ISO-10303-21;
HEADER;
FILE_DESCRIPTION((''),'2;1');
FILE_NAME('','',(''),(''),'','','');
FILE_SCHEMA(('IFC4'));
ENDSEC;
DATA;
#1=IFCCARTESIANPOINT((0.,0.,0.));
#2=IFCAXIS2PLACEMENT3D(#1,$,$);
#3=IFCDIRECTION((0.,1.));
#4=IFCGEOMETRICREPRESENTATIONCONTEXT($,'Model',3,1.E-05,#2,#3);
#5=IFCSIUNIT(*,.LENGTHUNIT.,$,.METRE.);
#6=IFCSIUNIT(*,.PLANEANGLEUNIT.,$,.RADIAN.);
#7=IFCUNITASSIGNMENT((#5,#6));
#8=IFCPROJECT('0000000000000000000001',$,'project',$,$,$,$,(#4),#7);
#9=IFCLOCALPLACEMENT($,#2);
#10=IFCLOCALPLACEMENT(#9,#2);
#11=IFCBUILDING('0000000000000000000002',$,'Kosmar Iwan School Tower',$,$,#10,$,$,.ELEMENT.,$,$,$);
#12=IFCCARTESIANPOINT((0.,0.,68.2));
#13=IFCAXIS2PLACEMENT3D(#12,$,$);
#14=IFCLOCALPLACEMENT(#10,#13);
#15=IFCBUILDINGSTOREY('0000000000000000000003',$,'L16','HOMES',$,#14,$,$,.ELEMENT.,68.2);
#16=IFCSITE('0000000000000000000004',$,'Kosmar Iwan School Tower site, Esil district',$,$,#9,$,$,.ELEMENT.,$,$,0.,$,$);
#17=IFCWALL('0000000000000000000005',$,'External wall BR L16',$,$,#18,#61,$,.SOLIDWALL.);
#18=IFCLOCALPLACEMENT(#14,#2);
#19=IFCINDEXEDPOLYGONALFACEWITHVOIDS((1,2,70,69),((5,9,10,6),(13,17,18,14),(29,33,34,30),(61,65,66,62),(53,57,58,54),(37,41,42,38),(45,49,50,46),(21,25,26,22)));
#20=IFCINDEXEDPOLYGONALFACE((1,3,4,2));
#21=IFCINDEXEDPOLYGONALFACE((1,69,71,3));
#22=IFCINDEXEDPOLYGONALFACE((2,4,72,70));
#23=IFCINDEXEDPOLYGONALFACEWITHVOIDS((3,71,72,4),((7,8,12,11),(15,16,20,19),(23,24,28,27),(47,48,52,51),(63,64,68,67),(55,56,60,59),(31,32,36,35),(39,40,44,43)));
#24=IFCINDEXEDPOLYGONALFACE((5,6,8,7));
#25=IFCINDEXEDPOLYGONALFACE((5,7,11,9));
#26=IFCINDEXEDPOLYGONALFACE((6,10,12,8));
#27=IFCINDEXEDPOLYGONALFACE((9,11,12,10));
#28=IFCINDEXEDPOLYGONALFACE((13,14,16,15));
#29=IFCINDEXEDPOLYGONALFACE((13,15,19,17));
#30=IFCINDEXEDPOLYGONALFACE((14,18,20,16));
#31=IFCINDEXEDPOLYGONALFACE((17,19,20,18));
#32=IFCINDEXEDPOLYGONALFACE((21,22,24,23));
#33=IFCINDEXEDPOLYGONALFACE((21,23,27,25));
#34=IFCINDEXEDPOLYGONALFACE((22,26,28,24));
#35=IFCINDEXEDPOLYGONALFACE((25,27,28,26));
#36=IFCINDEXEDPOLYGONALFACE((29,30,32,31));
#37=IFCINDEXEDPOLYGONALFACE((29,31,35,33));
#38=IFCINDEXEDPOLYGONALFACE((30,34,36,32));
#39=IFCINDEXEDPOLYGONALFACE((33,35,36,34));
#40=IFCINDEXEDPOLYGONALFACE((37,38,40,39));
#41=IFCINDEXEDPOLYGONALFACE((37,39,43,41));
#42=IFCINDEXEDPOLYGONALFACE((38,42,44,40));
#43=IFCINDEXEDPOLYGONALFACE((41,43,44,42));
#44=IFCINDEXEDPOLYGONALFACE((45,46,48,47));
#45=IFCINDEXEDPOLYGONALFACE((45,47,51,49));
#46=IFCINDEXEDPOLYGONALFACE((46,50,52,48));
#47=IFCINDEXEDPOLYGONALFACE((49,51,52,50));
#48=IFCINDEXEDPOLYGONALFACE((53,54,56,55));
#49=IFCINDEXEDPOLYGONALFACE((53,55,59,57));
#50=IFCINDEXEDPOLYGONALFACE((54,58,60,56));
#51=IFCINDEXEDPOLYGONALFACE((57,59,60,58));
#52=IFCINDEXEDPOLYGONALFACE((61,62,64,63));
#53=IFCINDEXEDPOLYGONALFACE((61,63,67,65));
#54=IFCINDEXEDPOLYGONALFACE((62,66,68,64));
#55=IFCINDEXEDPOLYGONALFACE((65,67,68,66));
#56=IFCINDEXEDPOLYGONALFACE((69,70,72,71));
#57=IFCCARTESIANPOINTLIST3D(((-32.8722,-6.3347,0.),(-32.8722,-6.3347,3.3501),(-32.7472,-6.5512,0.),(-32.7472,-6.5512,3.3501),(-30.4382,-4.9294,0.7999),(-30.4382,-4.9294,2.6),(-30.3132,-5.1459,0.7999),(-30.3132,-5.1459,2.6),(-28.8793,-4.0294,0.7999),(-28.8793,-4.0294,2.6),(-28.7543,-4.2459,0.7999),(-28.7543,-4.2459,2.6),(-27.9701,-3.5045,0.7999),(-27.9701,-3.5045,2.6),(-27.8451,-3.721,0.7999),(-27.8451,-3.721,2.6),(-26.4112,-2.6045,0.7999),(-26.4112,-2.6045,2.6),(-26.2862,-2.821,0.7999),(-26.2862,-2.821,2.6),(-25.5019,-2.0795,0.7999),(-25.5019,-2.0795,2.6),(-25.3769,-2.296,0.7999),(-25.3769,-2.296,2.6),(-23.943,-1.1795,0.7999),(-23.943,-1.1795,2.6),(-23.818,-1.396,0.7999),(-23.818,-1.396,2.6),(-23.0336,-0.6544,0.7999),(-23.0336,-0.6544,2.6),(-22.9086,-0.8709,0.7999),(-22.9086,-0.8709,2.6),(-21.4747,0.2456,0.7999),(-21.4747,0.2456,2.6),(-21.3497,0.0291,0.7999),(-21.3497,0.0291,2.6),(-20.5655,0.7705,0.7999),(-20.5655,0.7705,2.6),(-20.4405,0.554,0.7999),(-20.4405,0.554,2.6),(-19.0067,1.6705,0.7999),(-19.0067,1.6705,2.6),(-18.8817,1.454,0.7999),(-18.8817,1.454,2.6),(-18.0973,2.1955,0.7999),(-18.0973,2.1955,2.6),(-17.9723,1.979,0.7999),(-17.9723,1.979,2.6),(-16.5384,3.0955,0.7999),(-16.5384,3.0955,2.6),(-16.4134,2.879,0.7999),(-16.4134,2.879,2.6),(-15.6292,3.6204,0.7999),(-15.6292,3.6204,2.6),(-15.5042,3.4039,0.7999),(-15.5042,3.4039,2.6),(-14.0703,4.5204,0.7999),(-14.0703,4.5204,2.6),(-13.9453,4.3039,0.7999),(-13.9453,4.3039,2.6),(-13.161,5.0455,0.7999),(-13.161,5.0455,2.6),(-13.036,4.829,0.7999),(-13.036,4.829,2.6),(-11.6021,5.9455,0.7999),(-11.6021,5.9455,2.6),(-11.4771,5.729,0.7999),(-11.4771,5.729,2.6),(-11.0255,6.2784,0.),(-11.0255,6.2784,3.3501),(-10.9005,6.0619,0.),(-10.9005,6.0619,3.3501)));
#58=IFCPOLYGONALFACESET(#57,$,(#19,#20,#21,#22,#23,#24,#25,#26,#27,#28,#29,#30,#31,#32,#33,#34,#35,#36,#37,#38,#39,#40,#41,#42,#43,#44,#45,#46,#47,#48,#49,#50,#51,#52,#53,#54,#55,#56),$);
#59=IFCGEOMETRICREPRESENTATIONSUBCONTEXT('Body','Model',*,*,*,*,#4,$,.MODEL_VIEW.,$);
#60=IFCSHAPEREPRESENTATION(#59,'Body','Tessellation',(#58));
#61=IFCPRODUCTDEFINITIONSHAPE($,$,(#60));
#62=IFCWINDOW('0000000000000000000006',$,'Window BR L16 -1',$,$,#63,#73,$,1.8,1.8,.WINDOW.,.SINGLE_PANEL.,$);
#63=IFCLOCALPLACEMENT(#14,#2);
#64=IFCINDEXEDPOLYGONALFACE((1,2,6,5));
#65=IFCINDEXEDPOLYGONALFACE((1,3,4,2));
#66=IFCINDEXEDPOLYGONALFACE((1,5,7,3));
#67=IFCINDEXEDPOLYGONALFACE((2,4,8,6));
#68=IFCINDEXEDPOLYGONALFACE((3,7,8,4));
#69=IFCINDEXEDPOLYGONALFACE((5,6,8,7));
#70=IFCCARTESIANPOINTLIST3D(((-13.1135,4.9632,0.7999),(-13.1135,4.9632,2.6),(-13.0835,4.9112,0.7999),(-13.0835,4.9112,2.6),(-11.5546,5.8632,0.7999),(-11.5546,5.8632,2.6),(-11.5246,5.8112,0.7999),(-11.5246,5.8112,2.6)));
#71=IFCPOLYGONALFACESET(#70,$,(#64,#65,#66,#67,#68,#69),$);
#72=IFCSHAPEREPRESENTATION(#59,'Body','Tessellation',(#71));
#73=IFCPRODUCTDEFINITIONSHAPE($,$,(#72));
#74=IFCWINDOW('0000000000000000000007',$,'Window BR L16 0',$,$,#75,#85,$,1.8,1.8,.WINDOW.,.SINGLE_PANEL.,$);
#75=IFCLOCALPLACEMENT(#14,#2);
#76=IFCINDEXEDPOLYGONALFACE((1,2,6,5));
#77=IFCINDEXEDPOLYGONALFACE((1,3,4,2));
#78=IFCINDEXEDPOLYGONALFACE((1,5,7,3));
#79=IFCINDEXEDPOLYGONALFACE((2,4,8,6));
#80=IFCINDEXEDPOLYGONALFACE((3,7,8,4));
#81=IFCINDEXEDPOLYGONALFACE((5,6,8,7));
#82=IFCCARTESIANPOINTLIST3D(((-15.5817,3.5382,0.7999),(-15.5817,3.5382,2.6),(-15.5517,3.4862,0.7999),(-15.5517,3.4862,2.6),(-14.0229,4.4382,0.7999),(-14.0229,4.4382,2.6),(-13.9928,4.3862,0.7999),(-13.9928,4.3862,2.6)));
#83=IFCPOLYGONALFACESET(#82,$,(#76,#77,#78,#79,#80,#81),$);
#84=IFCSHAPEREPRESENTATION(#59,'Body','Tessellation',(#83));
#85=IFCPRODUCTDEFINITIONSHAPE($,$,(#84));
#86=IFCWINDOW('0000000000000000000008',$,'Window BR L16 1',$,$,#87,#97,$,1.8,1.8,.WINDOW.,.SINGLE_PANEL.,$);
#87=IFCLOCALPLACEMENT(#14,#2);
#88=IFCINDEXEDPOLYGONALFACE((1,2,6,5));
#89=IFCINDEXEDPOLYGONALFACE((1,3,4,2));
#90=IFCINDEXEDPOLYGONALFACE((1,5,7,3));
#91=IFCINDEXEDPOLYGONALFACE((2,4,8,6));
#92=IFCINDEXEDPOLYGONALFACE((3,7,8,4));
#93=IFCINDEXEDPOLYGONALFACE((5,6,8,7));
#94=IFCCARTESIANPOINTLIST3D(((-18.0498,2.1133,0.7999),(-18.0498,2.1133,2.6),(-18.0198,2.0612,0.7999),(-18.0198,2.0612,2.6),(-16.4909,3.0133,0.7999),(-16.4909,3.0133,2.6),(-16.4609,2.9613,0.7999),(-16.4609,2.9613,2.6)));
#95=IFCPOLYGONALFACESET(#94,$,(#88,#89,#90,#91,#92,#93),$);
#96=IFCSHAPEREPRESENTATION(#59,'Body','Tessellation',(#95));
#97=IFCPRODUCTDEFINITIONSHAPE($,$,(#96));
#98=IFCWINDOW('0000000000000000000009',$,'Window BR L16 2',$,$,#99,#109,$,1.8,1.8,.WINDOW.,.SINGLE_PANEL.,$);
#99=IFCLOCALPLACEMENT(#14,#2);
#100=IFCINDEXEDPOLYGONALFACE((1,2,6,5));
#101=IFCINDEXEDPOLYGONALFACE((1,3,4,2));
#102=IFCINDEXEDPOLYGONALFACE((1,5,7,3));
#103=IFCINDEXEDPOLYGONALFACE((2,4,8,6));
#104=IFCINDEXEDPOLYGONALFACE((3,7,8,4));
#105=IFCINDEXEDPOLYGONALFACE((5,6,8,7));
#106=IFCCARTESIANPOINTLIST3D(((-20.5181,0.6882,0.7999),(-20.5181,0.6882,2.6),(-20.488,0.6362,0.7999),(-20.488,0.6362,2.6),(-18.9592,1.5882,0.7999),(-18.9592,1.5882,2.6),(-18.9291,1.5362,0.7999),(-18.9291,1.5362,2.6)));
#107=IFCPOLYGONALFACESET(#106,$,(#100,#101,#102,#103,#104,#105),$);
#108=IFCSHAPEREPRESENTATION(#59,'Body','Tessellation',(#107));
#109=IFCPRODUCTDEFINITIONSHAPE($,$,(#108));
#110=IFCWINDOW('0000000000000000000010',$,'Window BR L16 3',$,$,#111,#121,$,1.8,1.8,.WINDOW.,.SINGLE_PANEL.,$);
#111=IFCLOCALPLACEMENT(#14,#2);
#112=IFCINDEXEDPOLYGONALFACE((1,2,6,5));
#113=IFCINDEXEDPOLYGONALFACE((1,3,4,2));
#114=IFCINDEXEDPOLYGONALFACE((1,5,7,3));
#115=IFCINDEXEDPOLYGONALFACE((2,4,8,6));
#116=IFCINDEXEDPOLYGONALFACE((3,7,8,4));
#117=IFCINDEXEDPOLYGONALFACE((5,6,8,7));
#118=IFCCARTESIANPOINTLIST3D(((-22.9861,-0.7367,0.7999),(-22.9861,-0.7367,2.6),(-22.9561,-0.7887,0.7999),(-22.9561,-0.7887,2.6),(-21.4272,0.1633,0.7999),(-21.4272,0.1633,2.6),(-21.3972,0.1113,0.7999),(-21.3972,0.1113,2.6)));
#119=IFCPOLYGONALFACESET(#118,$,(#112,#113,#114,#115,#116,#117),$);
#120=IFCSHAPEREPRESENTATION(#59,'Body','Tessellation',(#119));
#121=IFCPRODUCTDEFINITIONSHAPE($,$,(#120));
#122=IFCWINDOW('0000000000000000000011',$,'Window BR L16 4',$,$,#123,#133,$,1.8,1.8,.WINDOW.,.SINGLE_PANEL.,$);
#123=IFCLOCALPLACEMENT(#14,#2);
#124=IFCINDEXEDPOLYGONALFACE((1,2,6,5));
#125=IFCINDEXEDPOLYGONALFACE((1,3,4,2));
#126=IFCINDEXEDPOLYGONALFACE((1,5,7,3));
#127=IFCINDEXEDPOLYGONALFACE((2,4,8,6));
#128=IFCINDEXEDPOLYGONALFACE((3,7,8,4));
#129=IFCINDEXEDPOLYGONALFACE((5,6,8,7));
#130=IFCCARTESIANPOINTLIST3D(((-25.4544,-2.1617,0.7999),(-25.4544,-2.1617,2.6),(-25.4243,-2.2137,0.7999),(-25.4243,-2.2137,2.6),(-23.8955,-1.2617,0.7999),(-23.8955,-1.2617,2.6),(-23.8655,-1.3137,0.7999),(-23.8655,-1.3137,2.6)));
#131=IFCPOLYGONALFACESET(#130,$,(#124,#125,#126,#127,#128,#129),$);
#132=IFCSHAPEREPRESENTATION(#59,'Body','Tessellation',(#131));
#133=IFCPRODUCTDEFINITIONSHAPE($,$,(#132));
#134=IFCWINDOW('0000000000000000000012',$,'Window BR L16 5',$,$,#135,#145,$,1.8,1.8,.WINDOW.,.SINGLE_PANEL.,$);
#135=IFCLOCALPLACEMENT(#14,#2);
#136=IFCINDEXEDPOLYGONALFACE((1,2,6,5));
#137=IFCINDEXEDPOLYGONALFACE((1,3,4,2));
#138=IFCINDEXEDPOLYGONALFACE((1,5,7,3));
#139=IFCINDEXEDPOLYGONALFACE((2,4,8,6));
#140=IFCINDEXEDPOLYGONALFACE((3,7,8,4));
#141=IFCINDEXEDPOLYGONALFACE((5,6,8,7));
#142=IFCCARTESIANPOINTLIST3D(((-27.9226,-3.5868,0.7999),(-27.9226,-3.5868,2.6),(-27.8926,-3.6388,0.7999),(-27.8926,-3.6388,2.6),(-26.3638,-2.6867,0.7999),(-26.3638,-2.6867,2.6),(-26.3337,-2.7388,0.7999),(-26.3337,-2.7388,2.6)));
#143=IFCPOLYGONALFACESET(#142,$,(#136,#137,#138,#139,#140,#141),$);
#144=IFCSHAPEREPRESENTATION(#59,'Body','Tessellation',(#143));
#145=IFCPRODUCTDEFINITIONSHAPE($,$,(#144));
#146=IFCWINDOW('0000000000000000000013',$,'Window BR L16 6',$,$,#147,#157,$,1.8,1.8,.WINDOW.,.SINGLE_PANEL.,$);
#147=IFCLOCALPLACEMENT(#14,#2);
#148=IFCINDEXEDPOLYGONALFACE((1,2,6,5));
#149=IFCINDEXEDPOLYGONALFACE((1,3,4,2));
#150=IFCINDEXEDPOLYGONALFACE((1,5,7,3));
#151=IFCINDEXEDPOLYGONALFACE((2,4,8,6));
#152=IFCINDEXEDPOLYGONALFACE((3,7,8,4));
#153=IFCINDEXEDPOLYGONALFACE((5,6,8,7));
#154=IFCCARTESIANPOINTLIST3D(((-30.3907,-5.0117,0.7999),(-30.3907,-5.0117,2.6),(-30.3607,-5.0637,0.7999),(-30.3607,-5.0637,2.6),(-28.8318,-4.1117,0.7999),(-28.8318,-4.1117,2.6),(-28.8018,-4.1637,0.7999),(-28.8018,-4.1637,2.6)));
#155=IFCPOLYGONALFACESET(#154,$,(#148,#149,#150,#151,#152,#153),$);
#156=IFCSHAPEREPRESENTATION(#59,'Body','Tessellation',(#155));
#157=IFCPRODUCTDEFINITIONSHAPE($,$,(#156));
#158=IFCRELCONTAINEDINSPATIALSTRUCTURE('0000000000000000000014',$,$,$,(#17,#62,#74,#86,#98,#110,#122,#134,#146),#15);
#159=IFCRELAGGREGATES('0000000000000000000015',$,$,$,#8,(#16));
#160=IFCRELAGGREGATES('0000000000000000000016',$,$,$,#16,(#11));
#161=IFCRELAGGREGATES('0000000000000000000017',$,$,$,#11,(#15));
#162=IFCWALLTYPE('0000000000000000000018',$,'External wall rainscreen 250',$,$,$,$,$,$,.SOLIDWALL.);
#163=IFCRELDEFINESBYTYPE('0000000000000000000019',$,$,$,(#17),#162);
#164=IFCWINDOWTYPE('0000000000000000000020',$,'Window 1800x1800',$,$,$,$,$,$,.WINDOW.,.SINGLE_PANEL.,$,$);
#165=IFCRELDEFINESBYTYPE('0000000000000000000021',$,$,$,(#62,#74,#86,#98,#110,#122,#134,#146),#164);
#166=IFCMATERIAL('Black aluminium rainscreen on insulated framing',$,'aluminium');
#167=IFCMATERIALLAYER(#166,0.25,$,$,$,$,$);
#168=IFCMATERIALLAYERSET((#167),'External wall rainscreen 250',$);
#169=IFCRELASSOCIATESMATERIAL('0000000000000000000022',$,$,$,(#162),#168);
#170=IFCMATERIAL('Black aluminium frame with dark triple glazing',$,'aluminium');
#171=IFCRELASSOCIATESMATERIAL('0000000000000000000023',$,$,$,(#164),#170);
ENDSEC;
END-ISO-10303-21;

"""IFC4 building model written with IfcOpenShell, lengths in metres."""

from ifc_helpers import new_model, si_unit, direction, frame, frame_2d, origin, place, context, subcontext, project, spatial, rectangle, extrude, material, layer, layer_set, type_object, element, fill, save


model = new_model("IFC4")

# Units and contexts
model_context = context("Model", 3, precision=1e-05, world=origin(), true_north=direction((0.0, 1.0)))
body_context = subcontext(model_context, "Body", "Model", "MODEL_VIEW")
ifc_project = project(units=[si_unit("LENGTHUNIT", "METRE"), si_unit("PLANEANGLEUNIT", "RADIAN")], contexts=[model_context])

# Site, building, storey
site_placement = place(None, origin())
site = spatial("IfcSite", under=ifc_project, at=site_placement, Name="Kosmar Iwan School Tower site, Esil district", CompositionType="ELEMENT", RefElevation=0.0)
building_placement = place(site_placement, origin())
building = spatial("IfcBuilding", under=site, at=building_placement, Name="Kosmar Iwan School Tower", CompositionType="ELEMENT")
storey_placement = place(building_placement, frame((0.0, 0.0, 68.2)))
storey = spatial("IfcBuildingStorey", under=building, at=storey_placement, Name="L16", Description="HOMES", CompositionType="ELEMENT", Elevation=68.2)

# Wall, openings, windows
ifc_material_1 = material(Name="Black aluminium rainscreen on insulated framing", Category="aluminium")
ifc_layer = layer(ifc_material_1, 0.25)
ifc_layer_set = layer_set([ifc_layer], Name="External wall rainscreen 250")
wall_type = type_object("IfcWallType", Name="External wall rainscreen 250", PredefinedType="SOLIDWALL", material=ifc_layer_set)
ifc_material_2 = material(Name="Black aluminium frame with dark triple glazing", Category="aluminium")
window_type = type_object("IfcWindowType", Name="Window 1800x1800", PartitioningType="SINGLE_PANEL", PredefinedType="WINDOW", material=ifc_material_2)
wall_1_placement = place(storey_placement, frame((-10.9629, 6.1702, 0.0), z_axis=(0.0, 0.0, 1.0), x_axis=(-0.866028, -0.499996, 0.0)))
wall_1 = element("IfcWall", 1, at=wall_1_placement, inside=storey, type_object=wall_type, Name="External wall BR L16", PredefinedType="SOLIDWALL", context=body_context, shape_type="SweptSolid", body=[
    extrude(rectangle(XDim=25.2263, YDim=0.25, at=frame_2d((12.6133, 0.0))), origin(), (0.0, 0.0, 1.0), 3.3501),
])
opening_1_placement = place(wall_1_placement, frame((0.666, 0.0, 0.8)))
opening_1 = element("IfcOpeningElement", 2, at=opening_1_placement, cuts=wall_1, PredefinedType="OPENING", context=body_context, shape_type="SweptSolid", body=[
    extrude(rectangle(XDim=1.8, YDim=1.8, at=frame_2d((0.8999, 0.8999))), frame((0.0, 0.137, 0.0), z_axis=(0.0, -1.0, 0.0), x_axis=(1.0, 0.0, 0.0)), (0.0, 0.0, 1.0), 0.2739),
])
opening_2_placement = place(wall_1_placement, frame((3.5161, 0.0, 0.8)))
opening_2 = element("IfcOpeningElement", 3, at=opening_2_placement, cuts=wall_1, PredefinedType="OPENING", context=body_context, shape_type="SweptSolid", body=[
    extrude(rectangle(XDim=1.8, YDim=1.8, at=frame_2d((0.8999, 0.8999))), frame((0.0, 0.137, 0.0), z_axis=(0.0, -1.0, 0.0), x_axis=(1.0, 0.0, 0.0)), (0.0, 0.0, 1.0), 0.2739),
])
opening_3_placement = place(wall_1_placement, frame((6.366, 0.0, 0.8)))
opening_3 = element("IfcOpeningElement", 4, at=opening_3_placement, cuts=wall_1, PredefinedType="OPENING", context=body_context, shape_type="SweptSolid", body=[
    extrude(rectangle(XDim=1.8, YDim=1.8, at=frame_2d((0.8999, 0.8999))), frame((0.0, 0.137, 0.0), z_axis=(0.0, -1.0, 0.0), x_axis=(1.0, 0.0, 0.0)), (0.0, 0.0, 1.0), 0.2739),
])
opening_4_placement = place(wall_1_placement, frame((9.2161, 0.0, 0.8)))
opening_4 = element("IfcOpeningElement", 5, at=opening_4_placement, cuts=wall_1, PredefinedType="OPENING", context=body_context, shape_type="SweptSolid", body=[
    extrude(rectangle(XDim=1.8, YDim=1.8, at=frame_2d((0.8999, 0.8999))), frame((0.0, 0.137, 0.0), z_axis=(0.0, -1.0, 0.0), x_axis=(1.0, 0.0, 0.0)), (0.0, 0.0, 1.0), 0.2739),
])
opening_5_placement = place(wall_1_placement, frame((12.0659, 0.0, 0.8)))
opening_5 = element("IfcOpeningElement", 6, at=opening_5_placement, cuts=wall_1, PredefinedType="OPENING", context=body_context, shape_type="SweptSolid", body=[
    extrude(rectangle(XDim=1.8, YDim=1.8, at=frame_2d((0.8999, 0.8999))), frame((0.0, 0.137, 0.0), z_axis=(0.0, -1.0, 0.0), x_axis=(1.0, 0.0, 0.0)), (0.0, 0.0, 1.0), 0.2739),
])
opening_6_placement = place(wall_1_placement, frame((14.916, 0.0, 0.8)))
opening_6 = element("IfcOpeningElement", 7, at=opening_6_placement, cuts=wall_1, PredefinedType="OPENING", context=body_context, shape_type="SweptSolid", body=[
    extrude(rectangle(XDim=1.8, YDim=1.8, at=frame_2d((0.8999, 0.8999))), frame((0.0, 0.137, 0.0), z_axis=(0.0, -1.0, 0.0), x_axis=(1.0, 0.0, 0.0)), (0.0, 0.0, 1.0), 0.2739),
])
opening_7_placement = place(wall_1_placement, frame((17.7661, 0.0, 0.8)))
opening_7 = element("IfcOpeningElement", 8, at=opening_7_placement, cuts=wall_1, PredefinedType="OPENING", context=body_context, shape_type="SweptSolid", body=[
    extrude(rectangle(XDim=1.8, YDim=1.8, at=frame_2d((0.8999, 0.8999))), frame((0.0, 0.137, 0.0), z_axis=(0.0, -1.0, 0.0), x_axis=(1.0, 0.0, 0.0)), (0.0, 0.0, 1.0), 0.2739),
])
opening_8_placement = place(wall_1_placement, frame((20.616, 0.0, 0.8)))
opening_8 = element("IfcOpeningElement", 9, at=opening_8_placement, cuts=wall_1, PredefinedType="OPENING", context=body_context, shape_type="SweptSolid", body=[
    extrude(rectangle(XDim=1.8, YDim=1.8, at=frame_2d((0.8999, 0.8999))), frame((0.0, 0.137, 0.0), z_axis=(0.0, -1.0, 0.0), x_axis=(1.0, 0.0, 0.0)), (0.0, 0.0, 1.0), 0.2739),
])
window_1_placement = place(opening_1_placement, origin())
window_1 = element("IfcWindow", 10, at=window_1_placement, inside=storey, type_object=window_type, Name="Window BR L16 -1", OverallHeight=1.8, OverallWidth=1.8, PartitioningType="SINGLE_PANEL", PredefinedType="WINDOW", context=body_context, shape_type="SweptSolid", body=[
    extrude(rectangle(XDim=1.8, YDim=1.8, at=frame_2d((0.8999, 0.8999))), frame((0.0, 0.03, 0.0), z_axis=(0.0, -1.0, 0.0), x_axis=(1.0, 0.0, 0.0)), (0.0, 0.0, 1.0), 0.0601),
])
fill(opening_1, window_1)
window_2_placement = place(opening_2_placement, origin())
window_2 = element("IfcWindow", 11, at=window_2_placement, inside=storey, type_object=window_type, Name="Window BR L16 0", OverallHeight=1.8, OverallWidth=1.8, PartitioningType="SINGLE_PANEL", PredefinedType="WINDOW", context=body_context, shape_type="SweptSolid", body=[
    extrude(rectangle(XDim=1.8, YDim=1.8, at=frame_2d((0.8999, 0.8999))), frame((0.0, 0.03, 0.0), z_axis=(0.0, -1.0, 0.0), x_axis=(1.0, 0.0, 0.0)), (0.0, 0.0, 1.0), 0.0601),
])
fill(opening_2, window_2)
window_3_placement = place(opening_3_placement, origin())
window_3 = element("IfcWindow", 12, at=window_3_placement, inside=storey, type_object=window_type, Name="Window BR L16 1", OverallHeight=1.8, OverallWidth=1.8, PartitioningType="SINGLE_PANEL", PredefinedType="WINDOW", context=body_context, shape_type="SweptSolid", body=[
    extrude(rectangle(XDim=1.8, YDim=1.8, at=frame_2d((0.8999, 0.8999))), frame((0.0, 0.03, 0.0), z_axis=(0.0, -1.0, 0.0), x_axis=(1.0, 0.0, 0.0)), (0.0, 0.0, 1.0), 0.0601),
])
fill(opening_3, window_3)
window_4_placement = place(opening_4_placement, origin())
window_4 = element("IfcWindow", 13, at=window_4_placement, inside=storey, type_object=window_type, Name="Window BR L16 2", OverallHeight=1.8, OverallWidth=1.8, PartitioningType="SINGLE_PANEL", PredefinedType="WINDOW", context=body_context, shape_type="SweptSolid", body=[
    extrude(rectangle(XDim=1.8, YDim=1.8, at=frame_2d((0.8999, 0.8999))), frame((0.0, 0.03, 0.0), z_axis=(0.0, -1.0, 0.0), x_axis=(1.0, 0.0, 0.0)), (0.0, 0.0, 1.0), 0.0601),
])
fill(opening_4, window_4)
window_5_placement = place(opening_5_placement, origin())
window_5 = element("IfcWindow", 14, at=window_5_placement, inside=storey, type_object=window_type, Name="Window BR L16 3", OverallHeight=1.8, OverallWidth=1.8, PartitioningType="SINGLE_PANEL", PredefinedType="WINDOW", context=body_context, shape_type="SweptSolid", body=[
    extrude(rectangle(XDim=1.8, YDim=1.8, at=frame_2d((0.8999, 0.8999))), frame((0.0, 0.03, 0.0), z_axis=(0.0, -1.0, 0.0), x_axis=(1.0, 0.0, 0.0)), (0.0, 0.0, 1.0), 0.0601),
])
fill(opening_5, window_5)
window_6_placement = place(opening_6_placement, origin())
window_6 = element("IfcWindow", 15, at=window_6_placement, inside=storey, type_object=window_type, Name="Window BR L16 4", OverallHeight=1.8, OverallWidth=1.8, PartitioningType="SINGLE_PANEL", PredefinedType="WINDOW", context=body_context, shape_type="SweptSolid", body=[
    extrude(rectangle(XDim=1.8, YDim=1.8, at=frame_2d((0.8999, 0.8999))), frame((0.0, 0.03, 0.0), z_axis=(0.0, -1.0, 0.0), x_axis=(1.0, 0.0, 0.0)), (0.0, 0.0, 1.0), 0.0601),
])
fill(opening_6, window_6)
window_7_placement = place(opening_7_placement, origin())
window_7 = element("IfcWindow", 16, at=window_7_placement, inside=storey, type_object=window_type, Name="Window BR L16 5", OverallHeight=1.8, OverallWidth=1.8, PartitioningType="SINGLE_PANEL", PredefinedType="WINDOW", context=body_context, shape_type="SweptSolid", body=[
    extrude(rectangle(XDim=1.8, YDim=1.8, at=frame_2d((0.8999, 0.8999))), frame((0.0, 0.03, 0.0), z_axis=(0.0, -1.0, 0.0), x_axis=(1.0, 0.0, 0.0)), (0.0, 0.0, 1.0), 0.0601),
])
fill(opening_7, window_7)
window_8_placement = place(opening_8_placement, origin())
window_8 = element("IfcWindow", 17, at=window_8_placement, inside=storey, type_object=window_type, Name="Window BR L16 6", OverallHeight=1.8, OverallWidth=1.8, PartitioningType="SINGLE_PANEL", PredefinedType="WINDOW", context=body_context, shape_type="SweptSolid", body=[
    extrude(rectangle(XDim=1.8, YDim=1.8, at=frame_2d((0.8999, 0.8999))), frame((0.0, 0.03, 0.0), z_axis=(0.0, -1.0, 0.0), x_axis=(1.0, 0.0, 0.0)), (0.0, 0.0, 1.0), 0.0601),
])
fill(opening_8, window_8)

save(model, "model.ifc")
